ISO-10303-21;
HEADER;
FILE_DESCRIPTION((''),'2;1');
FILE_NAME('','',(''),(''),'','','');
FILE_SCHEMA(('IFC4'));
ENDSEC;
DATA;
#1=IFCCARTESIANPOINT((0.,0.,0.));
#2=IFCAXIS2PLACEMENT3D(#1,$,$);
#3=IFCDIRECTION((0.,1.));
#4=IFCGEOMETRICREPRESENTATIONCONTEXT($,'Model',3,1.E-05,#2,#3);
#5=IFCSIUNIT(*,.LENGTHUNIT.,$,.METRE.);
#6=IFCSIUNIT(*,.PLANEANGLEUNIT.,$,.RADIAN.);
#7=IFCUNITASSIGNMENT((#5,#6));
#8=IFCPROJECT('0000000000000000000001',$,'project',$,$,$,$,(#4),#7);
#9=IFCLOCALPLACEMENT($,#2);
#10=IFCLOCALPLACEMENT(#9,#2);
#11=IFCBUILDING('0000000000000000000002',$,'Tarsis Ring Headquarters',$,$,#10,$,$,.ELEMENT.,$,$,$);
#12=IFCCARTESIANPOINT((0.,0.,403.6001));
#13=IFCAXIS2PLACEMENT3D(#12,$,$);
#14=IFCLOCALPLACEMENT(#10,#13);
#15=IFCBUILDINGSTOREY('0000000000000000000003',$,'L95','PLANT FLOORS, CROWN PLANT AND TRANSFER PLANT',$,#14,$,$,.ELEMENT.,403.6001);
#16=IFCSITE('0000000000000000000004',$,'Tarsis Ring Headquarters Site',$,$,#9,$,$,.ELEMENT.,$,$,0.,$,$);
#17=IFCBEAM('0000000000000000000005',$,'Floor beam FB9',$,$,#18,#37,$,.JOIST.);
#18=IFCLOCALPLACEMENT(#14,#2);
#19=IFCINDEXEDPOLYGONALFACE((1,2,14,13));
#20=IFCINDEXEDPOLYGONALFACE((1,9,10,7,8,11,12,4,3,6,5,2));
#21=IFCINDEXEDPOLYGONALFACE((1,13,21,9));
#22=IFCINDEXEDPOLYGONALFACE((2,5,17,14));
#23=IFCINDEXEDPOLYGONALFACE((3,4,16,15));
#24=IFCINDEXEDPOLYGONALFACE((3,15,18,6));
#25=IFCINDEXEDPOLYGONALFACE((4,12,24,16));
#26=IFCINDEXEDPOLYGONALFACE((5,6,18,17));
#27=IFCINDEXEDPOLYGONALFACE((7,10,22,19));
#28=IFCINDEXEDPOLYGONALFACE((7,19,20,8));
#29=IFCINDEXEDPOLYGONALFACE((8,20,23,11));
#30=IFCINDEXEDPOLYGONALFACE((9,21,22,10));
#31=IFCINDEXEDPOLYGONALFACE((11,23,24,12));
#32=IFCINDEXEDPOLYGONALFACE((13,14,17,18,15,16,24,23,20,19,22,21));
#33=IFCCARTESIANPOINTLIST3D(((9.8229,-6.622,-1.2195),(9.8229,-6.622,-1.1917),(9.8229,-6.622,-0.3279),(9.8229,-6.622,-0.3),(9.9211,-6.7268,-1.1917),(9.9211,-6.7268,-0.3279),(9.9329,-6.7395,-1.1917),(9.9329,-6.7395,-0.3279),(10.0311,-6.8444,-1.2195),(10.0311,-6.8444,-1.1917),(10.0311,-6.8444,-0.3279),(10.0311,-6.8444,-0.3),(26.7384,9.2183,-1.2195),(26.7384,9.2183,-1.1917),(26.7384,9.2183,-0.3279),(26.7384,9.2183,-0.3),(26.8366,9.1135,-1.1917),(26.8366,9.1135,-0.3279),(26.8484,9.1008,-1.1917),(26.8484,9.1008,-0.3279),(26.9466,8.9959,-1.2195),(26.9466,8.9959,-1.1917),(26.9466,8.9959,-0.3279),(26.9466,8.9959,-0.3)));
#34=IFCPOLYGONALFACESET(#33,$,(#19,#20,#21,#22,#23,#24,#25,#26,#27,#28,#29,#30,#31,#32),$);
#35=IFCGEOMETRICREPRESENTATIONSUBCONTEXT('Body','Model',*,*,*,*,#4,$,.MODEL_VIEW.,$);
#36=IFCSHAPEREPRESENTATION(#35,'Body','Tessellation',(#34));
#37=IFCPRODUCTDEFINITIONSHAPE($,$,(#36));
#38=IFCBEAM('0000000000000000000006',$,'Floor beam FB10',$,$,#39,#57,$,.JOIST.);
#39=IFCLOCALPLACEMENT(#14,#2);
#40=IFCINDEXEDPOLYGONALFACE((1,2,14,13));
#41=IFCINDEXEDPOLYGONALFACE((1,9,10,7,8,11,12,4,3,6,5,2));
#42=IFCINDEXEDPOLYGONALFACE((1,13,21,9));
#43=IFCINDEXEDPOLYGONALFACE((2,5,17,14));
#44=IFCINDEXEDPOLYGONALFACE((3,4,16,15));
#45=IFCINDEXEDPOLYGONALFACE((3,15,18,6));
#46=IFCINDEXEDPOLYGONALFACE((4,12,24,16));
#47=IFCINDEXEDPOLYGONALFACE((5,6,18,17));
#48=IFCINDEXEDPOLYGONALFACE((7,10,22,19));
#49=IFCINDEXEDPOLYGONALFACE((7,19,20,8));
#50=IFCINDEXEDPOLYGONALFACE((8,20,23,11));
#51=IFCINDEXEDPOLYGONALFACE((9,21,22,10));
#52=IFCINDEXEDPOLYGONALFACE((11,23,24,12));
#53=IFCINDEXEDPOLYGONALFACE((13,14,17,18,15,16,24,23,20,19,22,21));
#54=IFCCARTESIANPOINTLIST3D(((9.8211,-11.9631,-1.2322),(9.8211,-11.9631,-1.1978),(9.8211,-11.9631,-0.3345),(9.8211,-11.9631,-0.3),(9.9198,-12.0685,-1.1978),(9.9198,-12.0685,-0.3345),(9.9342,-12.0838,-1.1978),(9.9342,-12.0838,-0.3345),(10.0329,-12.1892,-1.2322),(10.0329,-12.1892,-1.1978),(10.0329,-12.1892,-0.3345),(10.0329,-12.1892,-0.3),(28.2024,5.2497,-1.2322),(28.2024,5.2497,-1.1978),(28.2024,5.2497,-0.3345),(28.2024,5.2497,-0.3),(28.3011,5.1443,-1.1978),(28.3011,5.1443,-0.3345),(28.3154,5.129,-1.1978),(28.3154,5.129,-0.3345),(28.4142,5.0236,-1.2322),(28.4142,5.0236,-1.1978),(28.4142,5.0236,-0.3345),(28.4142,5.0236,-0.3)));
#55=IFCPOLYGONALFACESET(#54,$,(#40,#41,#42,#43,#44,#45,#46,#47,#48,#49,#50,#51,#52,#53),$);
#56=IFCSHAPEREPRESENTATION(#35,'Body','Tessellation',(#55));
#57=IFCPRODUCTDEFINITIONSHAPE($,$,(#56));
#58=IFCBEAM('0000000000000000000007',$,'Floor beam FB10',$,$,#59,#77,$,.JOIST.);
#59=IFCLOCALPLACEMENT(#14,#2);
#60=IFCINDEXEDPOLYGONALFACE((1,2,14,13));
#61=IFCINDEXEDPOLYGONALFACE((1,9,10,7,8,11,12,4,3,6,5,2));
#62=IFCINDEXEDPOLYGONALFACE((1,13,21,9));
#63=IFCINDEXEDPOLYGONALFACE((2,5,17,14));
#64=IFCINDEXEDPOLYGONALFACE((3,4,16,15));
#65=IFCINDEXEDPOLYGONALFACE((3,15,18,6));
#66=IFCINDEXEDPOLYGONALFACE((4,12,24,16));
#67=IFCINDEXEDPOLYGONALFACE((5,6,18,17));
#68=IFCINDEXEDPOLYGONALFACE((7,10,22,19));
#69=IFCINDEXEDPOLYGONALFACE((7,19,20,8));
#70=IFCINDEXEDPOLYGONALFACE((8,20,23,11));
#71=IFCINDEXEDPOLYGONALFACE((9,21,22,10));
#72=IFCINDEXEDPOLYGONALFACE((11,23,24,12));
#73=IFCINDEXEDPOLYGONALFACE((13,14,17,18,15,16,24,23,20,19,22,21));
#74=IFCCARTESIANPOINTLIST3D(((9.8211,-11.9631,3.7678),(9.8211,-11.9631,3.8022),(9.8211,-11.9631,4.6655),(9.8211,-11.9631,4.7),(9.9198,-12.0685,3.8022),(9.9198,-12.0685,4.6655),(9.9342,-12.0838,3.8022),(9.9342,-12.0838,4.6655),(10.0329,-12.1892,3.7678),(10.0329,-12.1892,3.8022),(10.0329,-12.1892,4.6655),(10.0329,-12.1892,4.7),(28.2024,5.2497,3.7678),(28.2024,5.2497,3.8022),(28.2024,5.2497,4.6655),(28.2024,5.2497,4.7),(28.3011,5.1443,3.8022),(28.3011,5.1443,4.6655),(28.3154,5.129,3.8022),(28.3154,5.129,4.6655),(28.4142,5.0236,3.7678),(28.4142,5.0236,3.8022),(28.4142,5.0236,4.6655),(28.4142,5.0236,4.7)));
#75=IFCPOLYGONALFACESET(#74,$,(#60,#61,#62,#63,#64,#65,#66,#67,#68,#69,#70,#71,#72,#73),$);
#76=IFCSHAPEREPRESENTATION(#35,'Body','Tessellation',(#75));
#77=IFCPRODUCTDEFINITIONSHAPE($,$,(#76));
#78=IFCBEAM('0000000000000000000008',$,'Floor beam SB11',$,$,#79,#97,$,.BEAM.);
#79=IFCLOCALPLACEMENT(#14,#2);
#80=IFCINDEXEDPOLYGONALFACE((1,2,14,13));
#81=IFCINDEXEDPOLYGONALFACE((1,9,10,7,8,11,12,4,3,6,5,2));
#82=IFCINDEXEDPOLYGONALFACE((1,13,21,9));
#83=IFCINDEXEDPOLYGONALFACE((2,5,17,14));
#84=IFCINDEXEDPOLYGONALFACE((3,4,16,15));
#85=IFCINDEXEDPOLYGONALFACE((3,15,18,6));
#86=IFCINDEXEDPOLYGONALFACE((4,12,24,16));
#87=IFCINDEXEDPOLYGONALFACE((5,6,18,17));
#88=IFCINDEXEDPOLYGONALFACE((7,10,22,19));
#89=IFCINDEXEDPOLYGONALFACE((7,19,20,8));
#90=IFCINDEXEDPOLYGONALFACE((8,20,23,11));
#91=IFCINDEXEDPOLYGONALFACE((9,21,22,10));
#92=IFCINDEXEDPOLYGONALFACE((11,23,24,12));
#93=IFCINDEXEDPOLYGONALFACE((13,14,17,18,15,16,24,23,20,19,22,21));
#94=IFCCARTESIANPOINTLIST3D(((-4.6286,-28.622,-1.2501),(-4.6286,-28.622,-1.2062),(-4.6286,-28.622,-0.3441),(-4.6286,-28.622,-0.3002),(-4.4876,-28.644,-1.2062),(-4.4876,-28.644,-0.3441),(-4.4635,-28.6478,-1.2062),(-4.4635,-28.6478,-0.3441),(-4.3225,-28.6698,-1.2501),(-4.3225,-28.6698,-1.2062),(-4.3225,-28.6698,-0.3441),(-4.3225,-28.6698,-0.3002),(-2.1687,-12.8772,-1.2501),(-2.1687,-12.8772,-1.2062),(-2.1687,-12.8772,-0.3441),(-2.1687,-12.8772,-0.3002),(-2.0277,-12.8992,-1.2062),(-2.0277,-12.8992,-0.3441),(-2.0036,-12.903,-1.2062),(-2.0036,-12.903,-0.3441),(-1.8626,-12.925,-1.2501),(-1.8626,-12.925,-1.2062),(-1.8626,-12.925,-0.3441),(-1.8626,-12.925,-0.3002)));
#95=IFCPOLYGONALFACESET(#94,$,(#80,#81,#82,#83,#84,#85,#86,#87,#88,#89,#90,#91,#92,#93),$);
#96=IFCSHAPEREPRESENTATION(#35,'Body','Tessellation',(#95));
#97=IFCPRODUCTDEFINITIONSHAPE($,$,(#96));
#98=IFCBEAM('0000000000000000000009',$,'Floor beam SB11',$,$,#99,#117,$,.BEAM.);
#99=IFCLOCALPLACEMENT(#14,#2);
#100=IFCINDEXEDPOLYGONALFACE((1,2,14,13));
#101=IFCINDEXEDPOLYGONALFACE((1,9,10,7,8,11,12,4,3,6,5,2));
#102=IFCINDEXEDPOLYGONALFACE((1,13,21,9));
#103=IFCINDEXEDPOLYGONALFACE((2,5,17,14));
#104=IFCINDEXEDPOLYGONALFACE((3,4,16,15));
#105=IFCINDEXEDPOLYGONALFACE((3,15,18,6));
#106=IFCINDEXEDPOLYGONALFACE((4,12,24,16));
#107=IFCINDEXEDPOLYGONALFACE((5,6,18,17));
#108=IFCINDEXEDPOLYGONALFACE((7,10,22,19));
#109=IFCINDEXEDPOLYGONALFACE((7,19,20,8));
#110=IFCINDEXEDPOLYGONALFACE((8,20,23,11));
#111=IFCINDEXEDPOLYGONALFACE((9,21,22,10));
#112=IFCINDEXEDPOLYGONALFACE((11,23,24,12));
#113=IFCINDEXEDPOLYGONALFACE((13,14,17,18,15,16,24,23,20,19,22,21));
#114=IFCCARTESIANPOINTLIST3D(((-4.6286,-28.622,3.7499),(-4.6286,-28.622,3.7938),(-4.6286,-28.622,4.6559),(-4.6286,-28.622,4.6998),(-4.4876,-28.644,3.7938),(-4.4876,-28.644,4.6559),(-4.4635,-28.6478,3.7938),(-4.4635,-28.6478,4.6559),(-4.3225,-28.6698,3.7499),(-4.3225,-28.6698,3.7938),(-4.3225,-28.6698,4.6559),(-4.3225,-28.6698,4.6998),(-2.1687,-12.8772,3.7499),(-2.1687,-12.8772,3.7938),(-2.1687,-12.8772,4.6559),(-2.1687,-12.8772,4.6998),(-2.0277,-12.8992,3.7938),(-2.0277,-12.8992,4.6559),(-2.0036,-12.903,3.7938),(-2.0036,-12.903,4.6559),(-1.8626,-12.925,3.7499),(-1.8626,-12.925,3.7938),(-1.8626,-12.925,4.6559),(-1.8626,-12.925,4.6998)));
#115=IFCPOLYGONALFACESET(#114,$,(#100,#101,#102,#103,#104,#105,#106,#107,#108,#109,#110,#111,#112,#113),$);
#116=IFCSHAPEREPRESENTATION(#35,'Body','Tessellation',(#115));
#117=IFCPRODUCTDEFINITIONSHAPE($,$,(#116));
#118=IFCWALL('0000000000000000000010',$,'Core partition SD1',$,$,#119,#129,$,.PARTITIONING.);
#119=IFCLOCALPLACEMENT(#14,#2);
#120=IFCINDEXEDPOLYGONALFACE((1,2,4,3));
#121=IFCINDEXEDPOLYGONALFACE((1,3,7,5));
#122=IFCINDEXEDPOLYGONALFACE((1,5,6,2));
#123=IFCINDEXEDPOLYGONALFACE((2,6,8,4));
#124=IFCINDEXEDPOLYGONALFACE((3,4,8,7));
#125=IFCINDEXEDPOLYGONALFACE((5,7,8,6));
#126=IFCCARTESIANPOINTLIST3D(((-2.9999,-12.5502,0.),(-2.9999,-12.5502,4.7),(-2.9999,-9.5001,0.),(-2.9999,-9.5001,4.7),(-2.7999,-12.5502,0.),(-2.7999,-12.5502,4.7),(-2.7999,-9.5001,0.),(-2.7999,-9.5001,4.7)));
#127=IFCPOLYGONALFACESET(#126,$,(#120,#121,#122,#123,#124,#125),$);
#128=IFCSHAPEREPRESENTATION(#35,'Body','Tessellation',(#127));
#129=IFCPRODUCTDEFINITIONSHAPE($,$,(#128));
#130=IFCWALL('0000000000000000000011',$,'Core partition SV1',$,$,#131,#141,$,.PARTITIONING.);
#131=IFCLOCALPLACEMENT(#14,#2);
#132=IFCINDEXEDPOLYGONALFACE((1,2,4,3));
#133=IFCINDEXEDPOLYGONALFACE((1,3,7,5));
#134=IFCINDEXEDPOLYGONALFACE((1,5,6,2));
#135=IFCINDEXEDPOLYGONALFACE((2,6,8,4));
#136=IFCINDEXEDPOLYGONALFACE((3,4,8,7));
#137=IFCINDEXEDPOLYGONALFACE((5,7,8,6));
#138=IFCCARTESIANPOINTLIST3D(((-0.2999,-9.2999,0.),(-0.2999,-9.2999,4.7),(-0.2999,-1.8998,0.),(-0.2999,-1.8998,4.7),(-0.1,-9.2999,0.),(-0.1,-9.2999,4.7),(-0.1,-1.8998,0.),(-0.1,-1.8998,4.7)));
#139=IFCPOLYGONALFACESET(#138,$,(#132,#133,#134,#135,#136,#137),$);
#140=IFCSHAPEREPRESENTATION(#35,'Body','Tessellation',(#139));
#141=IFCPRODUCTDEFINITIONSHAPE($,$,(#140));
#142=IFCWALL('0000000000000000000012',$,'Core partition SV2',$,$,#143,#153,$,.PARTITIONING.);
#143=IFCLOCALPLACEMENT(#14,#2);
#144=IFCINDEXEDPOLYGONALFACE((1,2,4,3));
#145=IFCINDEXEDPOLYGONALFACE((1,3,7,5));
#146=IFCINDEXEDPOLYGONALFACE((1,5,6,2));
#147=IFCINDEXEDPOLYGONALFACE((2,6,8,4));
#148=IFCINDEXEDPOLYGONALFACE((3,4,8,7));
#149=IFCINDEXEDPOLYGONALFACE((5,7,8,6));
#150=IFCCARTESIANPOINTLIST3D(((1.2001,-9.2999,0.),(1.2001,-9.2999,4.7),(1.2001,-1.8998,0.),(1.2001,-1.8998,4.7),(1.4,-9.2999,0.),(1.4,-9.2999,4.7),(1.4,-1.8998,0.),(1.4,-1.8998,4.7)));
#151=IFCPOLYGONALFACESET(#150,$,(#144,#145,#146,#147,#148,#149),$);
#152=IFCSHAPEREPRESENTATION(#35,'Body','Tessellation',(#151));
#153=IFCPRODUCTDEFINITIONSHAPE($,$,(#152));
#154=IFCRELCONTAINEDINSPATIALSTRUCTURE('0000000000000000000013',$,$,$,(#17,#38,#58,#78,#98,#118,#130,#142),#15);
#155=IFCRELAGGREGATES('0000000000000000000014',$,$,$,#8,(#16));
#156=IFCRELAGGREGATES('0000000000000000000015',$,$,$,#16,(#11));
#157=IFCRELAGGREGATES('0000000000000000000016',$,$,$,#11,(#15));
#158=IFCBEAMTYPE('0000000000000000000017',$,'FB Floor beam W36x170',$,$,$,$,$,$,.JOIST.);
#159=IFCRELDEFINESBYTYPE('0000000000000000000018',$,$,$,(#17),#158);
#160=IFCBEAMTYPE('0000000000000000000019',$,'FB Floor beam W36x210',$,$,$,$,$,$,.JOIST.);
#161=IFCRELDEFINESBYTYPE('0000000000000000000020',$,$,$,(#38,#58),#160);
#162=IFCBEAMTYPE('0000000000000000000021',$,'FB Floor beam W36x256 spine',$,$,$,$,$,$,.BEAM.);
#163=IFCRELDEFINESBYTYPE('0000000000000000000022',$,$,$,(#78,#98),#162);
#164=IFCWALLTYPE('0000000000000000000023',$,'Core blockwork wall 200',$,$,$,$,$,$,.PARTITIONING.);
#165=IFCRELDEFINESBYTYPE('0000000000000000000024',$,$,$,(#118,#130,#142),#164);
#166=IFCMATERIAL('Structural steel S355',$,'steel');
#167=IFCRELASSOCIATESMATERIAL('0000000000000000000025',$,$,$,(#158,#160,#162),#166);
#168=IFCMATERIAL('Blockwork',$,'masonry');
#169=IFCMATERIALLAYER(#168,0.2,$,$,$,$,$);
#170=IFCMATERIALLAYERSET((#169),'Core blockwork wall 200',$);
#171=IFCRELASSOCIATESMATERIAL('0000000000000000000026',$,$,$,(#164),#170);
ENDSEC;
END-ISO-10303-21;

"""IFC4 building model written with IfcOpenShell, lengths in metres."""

from ifc_helpers import new_model, si_unit, direction, frame, frame_2d, origin, origin_2d, place, context, subcontext, project, spatial, rectangle, i_section, extrude, material, layer, layer_set, material_profile, profile_set, type_object, element, save


model = new_model("IFC4")

# Units and contexts
model_context = context("Model", 3, precision=1e-05, world=origin(), true_north=direction((0.0, 1.0)))
body_context = subcontext(model_context, "Body", "Model", "MODEL_VIEW")
ifc_project = project(units=[si_unit("LENGTHUNIT", "METRE"), si_unit("PLANEANGLEUNIT", "RADIAN")], contexts=[model_context])

# Site, building, storey
site_placement = place(None, origin())
site = spatial("IfcSite", under=ifc_project, at=site_placement, Name="Tarsis Ring Headquarters Site", CompositionType="ELEMENT", RefElevation=0.0)
building_placement = place(site_placement, origin())
building = spatial("IfcBuilding", under=site, at=building_placement, Name="Tarsis Ring Headquarters", CompositionType="ELEMENT")
storey_placement = place(building_placement, frame((0.0, 0.0, 403.6001)))
storey = spatial("IfcBuildingStorey", under=building, at=storey_placement, Name="L95", Description="PLANT FLOORS, CROWN PLANT AND TRANSFER PLANT", CompositionType="ELEMENT", Elevation=403.6001)

# Beams
ifc_material_1 = material(Name="Structural steel S355", Category="steel")
ifc_material_profile_1 = material_profile(ifc_material_1, i_section(OverallWidth=0.3047, OverallDepth=0.9194, WebThickness=0.0173, FlangeThickness=0.0278, at=origin_2d()), Name="W36x170")
ifc_profile_set_1 = profile_set([ifc_material_profile_1], Name="Structural steel S355")
beam_type_1 = type_object("IfcBeamType", Name="FB Floor beam W36x170", PredefinedType="JOIST", material=ifc_profile_set_1)
beam_placement = place(storey_placement, frame((9.927, -6.7332, -0.7598), z_axis=(0.729924, 0.683528, 0.0), x_axis=(-0.683528, 0.729924, 0.0)))
element("IfcBeam", 1, at=beam_placement, inside=storey, type_object=beam_type_1, Name="Floor beam FB9", PredefinedType="JOIST", context=body_context, shape_type="SweptSolid", body=[
    extrude(i_section(OverallWidth=0.3047, OverallDepth=0.9194, WebThickness=0.0173, FlangeThickness=0.0278, at=origin_2d()), origin(), (0.0, 0.0, 1.0), 23.1743),
])
ifc_material_profile_2 = material_profile(ifc_material_1, i_section(OverallWidth=0.3098, OverallDepth=0.9321, WebThickness=0.021, FlangeThickness=0.0344, at=origin_2d()), Name="W36x210")
ifc_profile_set_2 = profile_set([ifc_material_profile_2], Name="Structural steel S355")
beam_type_2 = type_object("IfcBeamType", Name="FB Floor beam W36x210", PredefinedType="JOIST", material=ifc_profile_set_2)
for number, where, z_axis, x_axis, name in (
    (2, (9.927, -12.0762, -0.7661), (0.729926, 0.683526, 0.0), (-0.683526, 0.729926, 0.0), "Floor beam FB10"),
    (3, (9.927, -12.0762, 4.2339), (0.729926, 0.683526, 0.0), (-0.683526, 0.729926, 0.0), "Floor beam FB10"),
):
    element("IfcBeam", number, at=place(storey_placement, frame(where, z_axis=z_axis, x_axis=x_axis)), inside=storey, type_object=beam_type_2, Name=name, PredefinedType="JOIST", context=body_context, shape_type="SweptSolid", body=[
        extrude(i_section(OverallWidth=0.3098, OverallDepth=0.9321, WebThickness=0.021, FlangeThickness=0.0344, at=origin_2d()), origin(), (0.0, 0.0, 1.0), 25.1824),
    ])
ifc_material_profile_3 = material_profile(ifc_material_1, i_section(OverallWidth=0.3098, OverallDepth=0.95, WebThickness=0.0244, FlangeThickness=0.0439, at=origin_2d()), Name="W36x256")
ifc_profile_set_3 = profile_set([ifc_material_profile_3], Name="Structural steel S355")
beam_type_3 = type_object("IfcBeamType", Name="FB Floor beam W36x256 spine", PredefinedType="BEAM", material=ifc_profile_set_3)
for number, where, z_axis, x_axis, name in (
    (4, (-2.0156, -12.9011, -0.7751), (-0.154366, -0.988014, 0.0), (0.988014, -0.154366, 0.0), "Floor beam SB11"),
    (5, (-2.0156, -12.9011, 4.2249), (-0.154366, -0.988014, 0.0), (0.988014, -0.154366, 0.0), "Floor beam SB11"),
):
    element("IfcBeam", number, at=place(storey_placement, frame(where, z_axis=z_axis, x_axis=x_axis)), inside=storey, type_object=beam_type_3, Name=name, PredefinedType="BEAM", context=body_context, shape_type="SweptSolid", body=[
        extrude(i_section(OverallWidth=0.3098, OverallDepth=0.95, WebThickness=0.0244, FlangeThickness=0.0439, at=origin_2d()), origin(), (0.0, 0.0, 1.0), 15.9358),
    ])

# Walls
ifc_material_2 = material(Name="Blockwork", Category="masonry")
ifc_layer_1 = layer(ifc_material_2, 0.2)
ifc_layer_set_1 = layer_set([ifc_layer_1], Name="Core blockwork wall 200")
wall_type_1 = type_object("IfcWallType", Name="Core blockwork wall 200", PredefinedType="PARTITIONING", material=ifc_layer_set_1)
wall_1_placement = place(storey_placement, frame((-2.8999, -12.55, 0.0), z_axis=(0.0, 0.0, 1.0), x_axis=(0.0, 1.0, 0.0)))
element("IfcWall", 6, at=wall_1_placement, inside=storey, type_object=wall_type_1, Name="Core partition SD1", PredefinedType="PARTITIONING", context=body_context, shape_type="SweptSolid", body=[
    extrude(rectangle(XDim=3.05, YDim=0.2, at=frame_2d((1.5249, 0.0))), origin(), (0.0, 0.0, 1.0), 4.7),
])
for number, where, z_axis, x_axis, name in (
    (7, (-0.2, -9.3, 0.0), (0.0, 0.0, 1.0), (0.0, 1.0, 0.0), "Core partition SV1"),
    (8, (1.3, -9.3, 0.0), (0.0, 0.0, 1.0), (0.0, 1.0, 0.0), "Core partition SV2"),
):
    element("IfcWall", number, at=place(storey_placement, frame(where, z_axis=z_axis, x_axis=x_axis)), inside=storey, type_object=wall_type_1, Name=name, PredefinedType="PARTITIONING", context=body_context, shape_type="SweptSolid", body=[
        extrude(rectangle(XDim=7.4001, YDim=0.2, at=frame_2d((3.7002, 0.0))), origin(), (0.0, 0.0, 1.0), 4.7),
    ])

save(model, "model.ifc")
